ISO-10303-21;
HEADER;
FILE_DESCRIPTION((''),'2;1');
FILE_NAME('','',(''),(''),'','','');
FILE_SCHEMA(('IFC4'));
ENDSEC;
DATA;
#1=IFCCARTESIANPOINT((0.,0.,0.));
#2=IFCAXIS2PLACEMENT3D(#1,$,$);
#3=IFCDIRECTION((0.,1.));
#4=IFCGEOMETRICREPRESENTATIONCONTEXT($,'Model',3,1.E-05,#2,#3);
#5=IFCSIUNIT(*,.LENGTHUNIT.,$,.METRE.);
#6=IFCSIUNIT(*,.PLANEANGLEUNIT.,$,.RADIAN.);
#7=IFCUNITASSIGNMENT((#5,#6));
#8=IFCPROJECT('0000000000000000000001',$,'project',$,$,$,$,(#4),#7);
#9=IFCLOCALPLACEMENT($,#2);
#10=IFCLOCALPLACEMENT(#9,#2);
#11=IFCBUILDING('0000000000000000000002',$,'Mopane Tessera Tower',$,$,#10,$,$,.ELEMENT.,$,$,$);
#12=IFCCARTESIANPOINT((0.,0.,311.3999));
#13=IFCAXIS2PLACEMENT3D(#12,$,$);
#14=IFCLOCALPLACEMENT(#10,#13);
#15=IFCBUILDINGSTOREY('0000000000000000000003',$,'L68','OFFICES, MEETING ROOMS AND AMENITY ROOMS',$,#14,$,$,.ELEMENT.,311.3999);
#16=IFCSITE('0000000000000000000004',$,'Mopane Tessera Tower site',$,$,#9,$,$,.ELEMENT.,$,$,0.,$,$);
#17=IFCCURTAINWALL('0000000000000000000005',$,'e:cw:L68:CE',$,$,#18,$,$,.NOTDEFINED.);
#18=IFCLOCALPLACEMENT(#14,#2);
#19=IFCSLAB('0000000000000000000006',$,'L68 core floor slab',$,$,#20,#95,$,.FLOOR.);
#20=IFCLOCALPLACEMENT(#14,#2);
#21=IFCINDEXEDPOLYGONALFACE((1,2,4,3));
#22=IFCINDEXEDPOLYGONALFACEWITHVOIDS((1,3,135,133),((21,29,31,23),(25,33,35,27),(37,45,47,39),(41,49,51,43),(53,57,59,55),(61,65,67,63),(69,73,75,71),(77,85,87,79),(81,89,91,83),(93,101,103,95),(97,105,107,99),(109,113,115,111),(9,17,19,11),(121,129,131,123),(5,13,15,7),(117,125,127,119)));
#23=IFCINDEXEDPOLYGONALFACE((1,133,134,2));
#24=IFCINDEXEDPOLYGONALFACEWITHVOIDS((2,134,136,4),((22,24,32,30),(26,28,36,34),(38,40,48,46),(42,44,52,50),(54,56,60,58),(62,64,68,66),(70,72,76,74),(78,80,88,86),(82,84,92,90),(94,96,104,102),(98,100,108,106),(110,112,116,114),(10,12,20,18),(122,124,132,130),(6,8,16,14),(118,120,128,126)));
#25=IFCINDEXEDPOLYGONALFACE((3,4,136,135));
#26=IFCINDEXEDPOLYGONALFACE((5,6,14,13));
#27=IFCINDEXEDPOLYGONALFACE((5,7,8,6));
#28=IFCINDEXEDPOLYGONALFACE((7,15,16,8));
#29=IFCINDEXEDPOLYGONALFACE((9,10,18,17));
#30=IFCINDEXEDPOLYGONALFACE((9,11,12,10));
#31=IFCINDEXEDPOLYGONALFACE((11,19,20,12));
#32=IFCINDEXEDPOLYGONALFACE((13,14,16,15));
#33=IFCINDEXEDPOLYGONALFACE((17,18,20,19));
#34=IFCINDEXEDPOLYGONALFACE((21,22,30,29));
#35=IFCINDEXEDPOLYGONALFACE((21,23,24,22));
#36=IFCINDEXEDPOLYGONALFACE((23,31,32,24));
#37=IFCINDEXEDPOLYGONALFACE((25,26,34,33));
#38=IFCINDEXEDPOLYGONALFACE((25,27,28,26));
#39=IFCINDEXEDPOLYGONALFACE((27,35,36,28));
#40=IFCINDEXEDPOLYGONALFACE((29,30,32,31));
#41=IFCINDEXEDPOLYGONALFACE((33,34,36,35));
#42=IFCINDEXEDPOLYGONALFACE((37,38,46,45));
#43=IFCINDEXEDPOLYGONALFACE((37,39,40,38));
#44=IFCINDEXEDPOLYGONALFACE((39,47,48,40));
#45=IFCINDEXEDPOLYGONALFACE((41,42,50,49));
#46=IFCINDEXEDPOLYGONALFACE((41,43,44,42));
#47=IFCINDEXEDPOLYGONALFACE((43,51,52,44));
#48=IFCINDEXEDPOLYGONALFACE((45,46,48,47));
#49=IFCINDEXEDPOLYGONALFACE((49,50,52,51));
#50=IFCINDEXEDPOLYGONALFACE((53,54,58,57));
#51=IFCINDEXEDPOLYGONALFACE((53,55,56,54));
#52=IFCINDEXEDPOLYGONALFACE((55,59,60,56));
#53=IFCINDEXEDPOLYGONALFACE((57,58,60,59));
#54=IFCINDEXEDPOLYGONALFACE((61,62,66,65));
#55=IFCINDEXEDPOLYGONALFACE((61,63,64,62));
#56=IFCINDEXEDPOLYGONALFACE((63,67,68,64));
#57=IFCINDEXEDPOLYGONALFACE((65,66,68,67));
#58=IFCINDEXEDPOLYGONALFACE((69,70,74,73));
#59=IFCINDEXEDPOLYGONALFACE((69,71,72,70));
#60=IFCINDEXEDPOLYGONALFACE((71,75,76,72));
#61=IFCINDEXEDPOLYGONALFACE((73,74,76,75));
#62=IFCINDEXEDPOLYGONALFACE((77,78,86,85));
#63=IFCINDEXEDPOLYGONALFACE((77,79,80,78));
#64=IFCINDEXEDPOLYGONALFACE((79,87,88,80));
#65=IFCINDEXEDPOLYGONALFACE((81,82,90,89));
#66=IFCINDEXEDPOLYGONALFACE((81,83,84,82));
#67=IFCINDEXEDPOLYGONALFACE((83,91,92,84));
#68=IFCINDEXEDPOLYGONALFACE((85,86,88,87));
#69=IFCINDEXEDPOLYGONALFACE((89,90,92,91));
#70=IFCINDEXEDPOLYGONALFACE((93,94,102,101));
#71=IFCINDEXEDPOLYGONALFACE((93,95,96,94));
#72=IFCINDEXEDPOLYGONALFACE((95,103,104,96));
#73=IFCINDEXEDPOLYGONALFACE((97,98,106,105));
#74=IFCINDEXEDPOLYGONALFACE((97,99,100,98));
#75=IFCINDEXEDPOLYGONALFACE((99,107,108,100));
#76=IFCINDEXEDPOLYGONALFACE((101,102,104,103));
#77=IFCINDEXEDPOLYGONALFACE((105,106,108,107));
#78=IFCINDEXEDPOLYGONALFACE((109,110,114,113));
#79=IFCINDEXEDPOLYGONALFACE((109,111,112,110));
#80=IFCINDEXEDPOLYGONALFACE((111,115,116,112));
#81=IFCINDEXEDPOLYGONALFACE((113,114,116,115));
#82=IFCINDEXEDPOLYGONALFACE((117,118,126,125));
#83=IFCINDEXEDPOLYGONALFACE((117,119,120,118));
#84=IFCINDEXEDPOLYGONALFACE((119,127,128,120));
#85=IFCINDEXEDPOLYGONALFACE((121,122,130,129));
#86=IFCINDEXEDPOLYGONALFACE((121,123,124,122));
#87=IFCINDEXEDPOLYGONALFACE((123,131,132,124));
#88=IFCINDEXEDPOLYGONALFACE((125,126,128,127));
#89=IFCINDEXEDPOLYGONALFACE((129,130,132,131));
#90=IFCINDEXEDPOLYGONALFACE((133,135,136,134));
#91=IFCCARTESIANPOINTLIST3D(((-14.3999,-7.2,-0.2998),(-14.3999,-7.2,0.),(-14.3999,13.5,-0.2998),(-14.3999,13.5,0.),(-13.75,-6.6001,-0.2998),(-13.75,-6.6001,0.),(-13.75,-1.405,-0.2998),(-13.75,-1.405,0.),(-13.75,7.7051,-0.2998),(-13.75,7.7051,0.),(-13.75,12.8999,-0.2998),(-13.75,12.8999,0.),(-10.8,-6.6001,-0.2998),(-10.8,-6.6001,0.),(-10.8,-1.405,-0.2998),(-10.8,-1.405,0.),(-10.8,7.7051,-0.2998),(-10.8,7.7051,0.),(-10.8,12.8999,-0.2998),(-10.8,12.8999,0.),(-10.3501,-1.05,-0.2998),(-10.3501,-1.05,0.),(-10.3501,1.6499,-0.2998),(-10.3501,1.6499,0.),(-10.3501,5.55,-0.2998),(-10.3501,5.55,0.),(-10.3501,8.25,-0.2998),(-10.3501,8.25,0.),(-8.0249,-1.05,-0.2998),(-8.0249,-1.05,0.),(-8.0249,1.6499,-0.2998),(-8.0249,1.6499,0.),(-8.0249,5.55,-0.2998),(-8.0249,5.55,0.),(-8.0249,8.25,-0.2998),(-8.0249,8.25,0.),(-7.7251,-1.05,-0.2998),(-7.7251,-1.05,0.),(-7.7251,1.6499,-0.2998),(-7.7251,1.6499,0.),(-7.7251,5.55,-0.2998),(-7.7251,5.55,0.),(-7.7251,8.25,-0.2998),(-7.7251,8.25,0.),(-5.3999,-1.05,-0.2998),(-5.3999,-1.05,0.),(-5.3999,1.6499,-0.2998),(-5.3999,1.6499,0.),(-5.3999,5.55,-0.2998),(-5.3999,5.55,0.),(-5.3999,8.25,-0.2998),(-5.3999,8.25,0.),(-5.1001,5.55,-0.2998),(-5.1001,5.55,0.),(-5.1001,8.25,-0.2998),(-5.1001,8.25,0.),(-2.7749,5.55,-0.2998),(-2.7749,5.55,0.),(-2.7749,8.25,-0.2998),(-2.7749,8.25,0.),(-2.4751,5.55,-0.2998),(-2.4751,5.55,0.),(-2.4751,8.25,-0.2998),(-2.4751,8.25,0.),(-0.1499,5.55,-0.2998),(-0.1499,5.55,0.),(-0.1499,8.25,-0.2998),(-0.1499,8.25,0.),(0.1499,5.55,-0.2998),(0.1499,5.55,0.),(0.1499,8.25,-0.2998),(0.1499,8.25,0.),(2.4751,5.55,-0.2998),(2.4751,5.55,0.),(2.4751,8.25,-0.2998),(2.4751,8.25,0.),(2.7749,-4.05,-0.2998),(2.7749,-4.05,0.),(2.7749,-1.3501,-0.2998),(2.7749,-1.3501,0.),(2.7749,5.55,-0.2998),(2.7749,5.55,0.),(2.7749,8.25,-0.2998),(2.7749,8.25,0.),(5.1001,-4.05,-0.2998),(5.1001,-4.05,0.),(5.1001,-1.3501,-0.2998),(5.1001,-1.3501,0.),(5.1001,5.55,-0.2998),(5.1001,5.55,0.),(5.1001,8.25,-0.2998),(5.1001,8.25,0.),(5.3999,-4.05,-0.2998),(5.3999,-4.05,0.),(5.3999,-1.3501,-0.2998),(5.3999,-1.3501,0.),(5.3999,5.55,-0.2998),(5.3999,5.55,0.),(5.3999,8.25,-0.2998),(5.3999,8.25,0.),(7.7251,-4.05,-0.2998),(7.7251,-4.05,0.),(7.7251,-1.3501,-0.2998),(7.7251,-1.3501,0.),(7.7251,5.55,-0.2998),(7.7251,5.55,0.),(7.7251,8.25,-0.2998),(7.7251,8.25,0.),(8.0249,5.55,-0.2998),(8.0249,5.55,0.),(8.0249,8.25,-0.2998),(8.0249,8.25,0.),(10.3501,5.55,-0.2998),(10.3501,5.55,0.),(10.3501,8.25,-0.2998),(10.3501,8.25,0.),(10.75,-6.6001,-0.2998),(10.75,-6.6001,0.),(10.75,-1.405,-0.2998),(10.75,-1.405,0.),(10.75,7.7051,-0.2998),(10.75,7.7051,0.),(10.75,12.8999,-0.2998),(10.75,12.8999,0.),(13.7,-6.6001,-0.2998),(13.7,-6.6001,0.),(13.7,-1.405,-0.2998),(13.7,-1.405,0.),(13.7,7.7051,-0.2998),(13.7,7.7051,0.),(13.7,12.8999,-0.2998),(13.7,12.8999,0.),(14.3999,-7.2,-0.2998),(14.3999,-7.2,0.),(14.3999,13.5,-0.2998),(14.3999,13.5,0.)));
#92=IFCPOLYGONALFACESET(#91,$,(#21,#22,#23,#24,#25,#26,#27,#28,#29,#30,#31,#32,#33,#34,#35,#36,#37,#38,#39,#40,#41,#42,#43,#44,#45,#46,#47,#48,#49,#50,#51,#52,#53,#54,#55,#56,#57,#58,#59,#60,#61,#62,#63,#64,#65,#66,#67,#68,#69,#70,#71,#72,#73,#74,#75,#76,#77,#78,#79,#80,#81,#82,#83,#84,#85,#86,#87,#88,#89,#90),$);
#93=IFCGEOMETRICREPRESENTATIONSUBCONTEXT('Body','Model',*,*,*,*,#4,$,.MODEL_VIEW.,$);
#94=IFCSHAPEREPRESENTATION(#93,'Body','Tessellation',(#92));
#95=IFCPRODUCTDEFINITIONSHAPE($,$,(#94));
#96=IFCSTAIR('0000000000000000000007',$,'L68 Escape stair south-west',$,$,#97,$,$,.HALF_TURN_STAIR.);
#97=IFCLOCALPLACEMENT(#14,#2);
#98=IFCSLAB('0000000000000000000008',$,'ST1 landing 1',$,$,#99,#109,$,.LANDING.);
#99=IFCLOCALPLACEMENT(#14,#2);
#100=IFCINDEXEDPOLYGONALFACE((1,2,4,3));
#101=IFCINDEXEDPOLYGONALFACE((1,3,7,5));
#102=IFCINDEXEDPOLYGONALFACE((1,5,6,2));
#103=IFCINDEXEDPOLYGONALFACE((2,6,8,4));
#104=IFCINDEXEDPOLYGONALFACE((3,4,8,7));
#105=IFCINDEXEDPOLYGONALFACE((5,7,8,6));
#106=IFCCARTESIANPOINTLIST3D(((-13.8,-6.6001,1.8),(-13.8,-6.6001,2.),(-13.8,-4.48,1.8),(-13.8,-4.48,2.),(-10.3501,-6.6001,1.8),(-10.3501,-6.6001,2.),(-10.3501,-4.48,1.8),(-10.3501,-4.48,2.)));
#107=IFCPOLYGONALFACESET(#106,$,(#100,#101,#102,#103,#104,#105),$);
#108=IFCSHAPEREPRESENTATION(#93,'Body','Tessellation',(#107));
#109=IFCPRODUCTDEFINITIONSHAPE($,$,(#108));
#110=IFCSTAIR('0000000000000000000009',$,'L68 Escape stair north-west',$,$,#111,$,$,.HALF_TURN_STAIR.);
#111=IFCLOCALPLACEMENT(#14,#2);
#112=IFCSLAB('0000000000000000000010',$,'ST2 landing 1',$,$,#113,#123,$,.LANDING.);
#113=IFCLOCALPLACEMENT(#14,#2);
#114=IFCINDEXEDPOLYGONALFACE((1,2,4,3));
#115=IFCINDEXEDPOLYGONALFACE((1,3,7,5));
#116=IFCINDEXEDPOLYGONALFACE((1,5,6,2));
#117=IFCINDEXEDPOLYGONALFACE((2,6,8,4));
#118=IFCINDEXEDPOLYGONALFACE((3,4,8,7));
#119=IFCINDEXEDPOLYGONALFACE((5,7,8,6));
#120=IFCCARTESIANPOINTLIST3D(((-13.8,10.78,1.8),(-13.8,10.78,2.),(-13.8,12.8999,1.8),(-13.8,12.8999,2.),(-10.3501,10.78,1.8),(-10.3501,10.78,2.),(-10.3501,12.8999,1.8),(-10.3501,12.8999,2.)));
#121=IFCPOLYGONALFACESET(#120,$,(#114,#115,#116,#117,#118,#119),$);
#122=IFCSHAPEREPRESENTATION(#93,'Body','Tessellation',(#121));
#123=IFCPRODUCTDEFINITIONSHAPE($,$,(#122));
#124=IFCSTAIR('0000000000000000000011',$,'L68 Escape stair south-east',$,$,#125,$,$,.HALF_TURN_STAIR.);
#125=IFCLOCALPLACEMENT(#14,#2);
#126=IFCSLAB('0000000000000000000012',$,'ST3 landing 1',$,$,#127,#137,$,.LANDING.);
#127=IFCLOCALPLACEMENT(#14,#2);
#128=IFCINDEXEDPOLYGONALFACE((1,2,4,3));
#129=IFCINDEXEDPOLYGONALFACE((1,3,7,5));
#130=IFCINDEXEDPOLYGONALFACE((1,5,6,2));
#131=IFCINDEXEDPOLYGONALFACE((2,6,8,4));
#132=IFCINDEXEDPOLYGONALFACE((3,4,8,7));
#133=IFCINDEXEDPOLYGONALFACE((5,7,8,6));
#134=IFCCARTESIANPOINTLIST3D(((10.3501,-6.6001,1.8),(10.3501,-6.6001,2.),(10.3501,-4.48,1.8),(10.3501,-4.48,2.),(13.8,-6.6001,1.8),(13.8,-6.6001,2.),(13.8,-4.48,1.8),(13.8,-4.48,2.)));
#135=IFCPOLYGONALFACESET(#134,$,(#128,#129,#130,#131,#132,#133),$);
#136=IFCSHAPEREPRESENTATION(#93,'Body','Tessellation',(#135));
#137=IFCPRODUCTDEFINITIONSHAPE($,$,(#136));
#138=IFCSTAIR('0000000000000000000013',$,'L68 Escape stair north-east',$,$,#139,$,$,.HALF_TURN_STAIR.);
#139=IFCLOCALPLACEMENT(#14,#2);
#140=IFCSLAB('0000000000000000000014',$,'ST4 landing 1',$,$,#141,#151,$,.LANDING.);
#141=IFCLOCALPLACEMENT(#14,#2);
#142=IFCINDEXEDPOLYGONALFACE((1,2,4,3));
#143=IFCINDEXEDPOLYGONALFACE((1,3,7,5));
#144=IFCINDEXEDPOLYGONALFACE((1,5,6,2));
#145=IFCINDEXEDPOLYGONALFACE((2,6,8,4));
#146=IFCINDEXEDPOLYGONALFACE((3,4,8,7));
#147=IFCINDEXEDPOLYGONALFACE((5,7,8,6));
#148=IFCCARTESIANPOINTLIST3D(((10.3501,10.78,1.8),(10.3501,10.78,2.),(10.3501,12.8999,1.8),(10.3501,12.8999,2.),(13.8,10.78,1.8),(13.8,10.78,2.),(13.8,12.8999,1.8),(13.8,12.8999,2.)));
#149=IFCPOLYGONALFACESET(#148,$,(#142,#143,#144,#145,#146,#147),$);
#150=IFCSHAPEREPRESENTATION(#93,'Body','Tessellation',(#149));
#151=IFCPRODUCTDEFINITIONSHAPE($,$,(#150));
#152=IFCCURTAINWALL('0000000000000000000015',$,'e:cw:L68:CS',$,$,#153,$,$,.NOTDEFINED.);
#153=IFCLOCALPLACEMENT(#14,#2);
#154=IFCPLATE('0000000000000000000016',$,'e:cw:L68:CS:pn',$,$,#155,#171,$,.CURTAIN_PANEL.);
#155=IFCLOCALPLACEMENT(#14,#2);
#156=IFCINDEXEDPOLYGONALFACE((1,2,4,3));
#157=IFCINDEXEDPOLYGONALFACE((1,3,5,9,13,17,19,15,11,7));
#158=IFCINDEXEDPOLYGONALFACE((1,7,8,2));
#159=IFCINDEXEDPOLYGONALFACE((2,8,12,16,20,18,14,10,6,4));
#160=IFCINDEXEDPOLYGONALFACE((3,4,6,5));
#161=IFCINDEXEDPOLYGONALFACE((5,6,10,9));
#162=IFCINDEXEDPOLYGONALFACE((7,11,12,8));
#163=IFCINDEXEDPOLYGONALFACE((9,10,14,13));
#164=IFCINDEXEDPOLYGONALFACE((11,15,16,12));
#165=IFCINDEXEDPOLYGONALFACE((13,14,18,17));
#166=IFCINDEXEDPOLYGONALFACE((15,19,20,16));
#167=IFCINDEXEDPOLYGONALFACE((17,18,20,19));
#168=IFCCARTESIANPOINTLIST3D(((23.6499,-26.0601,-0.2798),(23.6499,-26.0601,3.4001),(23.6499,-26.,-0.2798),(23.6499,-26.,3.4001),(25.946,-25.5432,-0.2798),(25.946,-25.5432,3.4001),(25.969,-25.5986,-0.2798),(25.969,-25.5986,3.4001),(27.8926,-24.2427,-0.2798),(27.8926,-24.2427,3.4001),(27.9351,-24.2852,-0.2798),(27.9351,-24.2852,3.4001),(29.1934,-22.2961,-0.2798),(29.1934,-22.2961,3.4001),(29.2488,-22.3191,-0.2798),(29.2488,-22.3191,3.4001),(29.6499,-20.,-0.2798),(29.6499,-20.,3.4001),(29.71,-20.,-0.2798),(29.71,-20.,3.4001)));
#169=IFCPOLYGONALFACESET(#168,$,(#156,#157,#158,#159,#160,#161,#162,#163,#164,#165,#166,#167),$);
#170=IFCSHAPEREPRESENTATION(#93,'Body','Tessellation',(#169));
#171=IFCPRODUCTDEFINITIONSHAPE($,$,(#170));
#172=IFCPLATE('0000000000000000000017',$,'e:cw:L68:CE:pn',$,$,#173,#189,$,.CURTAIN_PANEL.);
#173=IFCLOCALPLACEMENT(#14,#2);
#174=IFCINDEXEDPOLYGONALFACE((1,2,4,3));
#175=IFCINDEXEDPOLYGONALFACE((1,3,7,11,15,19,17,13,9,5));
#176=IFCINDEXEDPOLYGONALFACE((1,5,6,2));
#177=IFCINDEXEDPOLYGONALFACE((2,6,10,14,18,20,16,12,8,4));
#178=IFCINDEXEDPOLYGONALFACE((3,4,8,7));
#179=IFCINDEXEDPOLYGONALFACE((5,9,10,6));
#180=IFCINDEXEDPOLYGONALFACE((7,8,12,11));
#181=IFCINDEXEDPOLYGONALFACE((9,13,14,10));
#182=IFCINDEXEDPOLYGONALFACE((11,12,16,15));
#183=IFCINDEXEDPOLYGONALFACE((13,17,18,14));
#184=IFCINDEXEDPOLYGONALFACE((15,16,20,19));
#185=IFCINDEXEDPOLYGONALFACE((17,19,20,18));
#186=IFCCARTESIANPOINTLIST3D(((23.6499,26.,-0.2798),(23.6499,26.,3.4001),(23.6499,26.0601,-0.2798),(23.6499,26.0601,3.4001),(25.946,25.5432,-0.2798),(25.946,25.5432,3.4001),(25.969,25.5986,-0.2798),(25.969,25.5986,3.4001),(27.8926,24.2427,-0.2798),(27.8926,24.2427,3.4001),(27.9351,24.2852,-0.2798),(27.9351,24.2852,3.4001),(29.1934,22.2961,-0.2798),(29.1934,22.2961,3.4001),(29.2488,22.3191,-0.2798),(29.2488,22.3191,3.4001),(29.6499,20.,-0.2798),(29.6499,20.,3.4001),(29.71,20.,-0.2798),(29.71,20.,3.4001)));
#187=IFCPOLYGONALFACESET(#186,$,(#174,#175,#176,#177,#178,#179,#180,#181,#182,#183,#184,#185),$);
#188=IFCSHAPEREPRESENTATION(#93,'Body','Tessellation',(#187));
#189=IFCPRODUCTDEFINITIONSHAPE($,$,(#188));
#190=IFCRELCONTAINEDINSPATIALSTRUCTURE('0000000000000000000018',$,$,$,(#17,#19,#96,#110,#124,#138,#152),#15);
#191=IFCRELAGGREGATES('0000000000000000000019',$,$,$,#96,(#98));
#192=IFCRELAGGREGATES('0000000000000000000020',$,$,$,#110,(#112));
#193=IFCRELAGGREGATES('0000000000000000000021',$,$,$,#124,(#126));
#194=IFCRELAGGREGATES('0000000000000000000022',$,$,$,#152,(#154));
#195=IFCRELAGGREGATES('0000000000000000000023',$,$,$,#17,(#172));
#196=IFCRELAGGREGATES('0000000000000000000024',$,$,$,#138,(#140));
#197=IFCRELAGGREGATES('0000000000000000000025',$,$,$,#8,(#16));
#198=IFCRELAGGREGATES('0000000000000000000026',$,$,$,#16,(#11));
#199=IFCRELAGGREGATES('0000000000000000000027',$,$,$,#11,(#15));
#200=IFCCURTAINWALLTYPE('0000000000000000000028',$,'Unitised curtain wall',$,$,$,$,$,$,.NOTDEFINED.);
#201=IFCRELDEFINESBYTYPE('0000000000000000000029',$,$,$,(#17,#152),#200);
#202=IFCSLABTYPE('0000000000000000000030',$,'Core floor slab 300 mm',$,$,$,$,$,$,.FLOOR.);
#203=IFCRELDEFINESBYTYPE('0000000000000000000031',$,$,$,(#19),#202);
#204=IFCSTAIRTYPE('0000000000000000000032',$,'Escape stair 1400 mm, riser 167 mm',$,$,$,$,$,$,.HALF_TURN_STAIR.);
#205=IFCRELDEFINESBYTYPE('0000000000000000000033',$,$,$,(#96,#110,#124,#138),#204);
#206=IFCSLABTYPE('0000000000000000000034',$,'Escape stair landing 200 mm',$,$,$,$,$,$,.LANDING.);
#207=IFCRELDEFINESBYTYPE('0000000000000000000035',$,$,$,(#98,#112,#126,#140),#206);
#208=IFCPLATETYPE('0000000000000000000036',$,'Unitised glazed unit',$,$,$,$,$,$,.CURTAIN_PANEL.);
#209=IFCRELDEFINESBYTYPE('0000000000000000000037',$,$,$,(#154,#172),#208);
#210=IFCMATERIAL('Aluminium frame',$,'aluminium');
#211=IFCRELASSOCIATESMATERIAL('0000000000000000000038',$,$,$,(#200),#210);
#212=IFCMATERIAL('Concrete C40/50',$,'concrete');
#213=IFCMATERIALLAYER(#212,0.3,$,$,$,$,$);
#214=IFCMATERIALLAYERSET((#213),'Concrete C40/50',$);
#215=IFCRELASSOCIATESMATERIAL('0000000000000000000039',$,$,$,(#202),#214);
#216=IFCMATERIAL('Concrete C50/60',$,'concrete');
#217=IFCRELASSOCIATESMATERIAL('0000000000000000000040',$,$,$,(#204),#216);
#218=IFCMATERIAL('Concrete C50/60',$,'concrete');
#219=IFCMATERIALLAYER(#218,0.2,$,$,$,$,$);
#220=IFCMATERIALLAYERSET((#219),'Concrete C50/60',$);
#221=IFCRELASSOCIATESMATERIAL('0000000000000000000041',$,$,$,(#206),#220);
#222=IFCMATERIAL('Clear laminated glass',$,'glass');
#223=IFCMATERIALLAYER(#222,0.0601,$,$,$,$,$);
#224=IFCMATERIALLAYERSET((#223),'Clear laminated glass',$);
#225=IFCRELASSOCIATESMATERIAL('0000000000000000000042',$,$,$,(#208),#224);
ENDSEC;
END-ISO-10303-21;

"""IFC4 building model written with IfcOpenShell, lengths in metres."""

from ifc_helpers import new_model, si_unit, direction, frame, origin, place, context, subcontext, project, spatial, polyline, outline, extrude, material, layer, layer_set, type_object, element, aggregate, save


model = new_model("IFC4")

# Units and contexts
model_context = context("Model", 3, precision=1e-05, world=origin(), true_north=direction((0.0, 1.0)))
body_context = subcontext(model_context, "Body", "Model", "MODEL_VIEW")
ifc_project = project(units=[si_unit("LENGTHUNIT", "METRE"), si_unit("PLANEANGLEUNIT", "RADIAN")], contexts=[model_context])

# Site, building, storey
site_placement = place(None, origin())
site = spatial("IfcSite", under=ifc_project, at=site_placement, Name="Mopane Tessera Tower site", CompositionType="ELEMENT", RefElevation=0.0)
building_placement = place(site_placement, origin())
building = spatial("IfcBuilding", under=site, at=building_placement, Name="Mopane Tessera Tower", CompositionType="ELEMENT")
storey_placement = place(building_placement, frame((0.0, 0.0, 311.3999)))
storey = spatial("IfcBuildingStorey", under=building, at=storey_placement, Name="L68", Description="OFFICES, MEETING ROOMS AND AMENITY ROOMS", CompositionType="ELEMENT", Elevation=311.3999)

# Shared definitions
ifc_material_1 = material(Name="Aluminium frame", Category="aluminium")
curtain_wall_type = type_object("IfcCurtainWallType", Name="Unitised curtain wall", PredefinedType="NOTDEFINED", material=ifc_material_1)

# Curtain wall
curtain_wall_1_placement = place(storey_placement, origin())
curtain_wall_1 = element("IfcCurtainWall", 1, at=curtain_wall_1_placement, inside=storey, type_object=curtain_wall_type, Name="e:cw:L68:CE", PredefinedType="NOTDEFINED")

# Slab
ifc_material_2 = material(Name="Concrete C40/50", Category="concrete")
ifc_layer_1 = layer(ifc_material_2, 0.3)
ifc_layer_set_1 = layer_set([ifc_layer_1], Name="Concrete C40/50")
slab_type_1 = type_object("IfcSlabType", Name="Core floor slab 300 mm", PredefinedType="FLOOR", material=ifc_layer_set_1)
slab_1_placement = place(storey_placement, frame((0.0, 0.0, -0.2998)))
element("IfcSlab", 2, at=slab_1_placement, inside=storey, type_object=slab_type_1, Name="L68 core floor slab", PredefinedType="FLOOR", context=body_context, shape_type="SweptSolid", body=[
    extrude(outline(polyline([(-14.3999, -7.2), (14.3999, -7.2), (14.3999, 13.5), (-14.3999, 13.5), (-14.3999, -7.2)]), holes=[polyline([(-10.3501, -1.05), (-8.0249, -1.05), (-8.0249, 1.6499), (-10.3501, 1.6499), (-10.3501, -1.05)]), polyline([(-7.7251, -1.05), (-5.3999, -1.05), (-5.3999, 1.6499), (-7.7251, 1.6499), (-7.7251, -1.05)]), polyline([(-10.3501, 5.55), (-8.0249, 5.55), (-8.0249, 8.25), (-10.3501, 8.25), (-10.3501, 5.55)]), polyline([(-7.7251, 5.55), (-5.3999, 5.55), (-5.3999, 8.25), (-7.7251, 8.25), (-7.7251, 5.55)]), polyline([(-5.1001, 5.55), (-2.7749, 5.55), (-2.7749, 8.25), (-5.1001, 8.25), (-5.1001, 5.55)]), polyline([(-2.4751, 5.55), (-0.1499, 5.55), (-0.1499, 8.25), (-2.4751, 8.25), (-2.4751, 5.55)]), polyline([(0.1499, 5.55), (2.4751, 5.55), (2.4751, 8.25), (0.1499, 8.25), (0.1499, 5.55)]), polyline([(2.7749, 5.55), (5.1001, 5.55), (5.1001, 8.25), (2.7749, 8.25), (2.7749, 5.55)]), polyline([(5.3999, 5.55), (7.7251, 5.55), (7.7251, 8.25), (5.3999, 8.25), (5.3999, 5.55)]), polyline([(8.0249, 5.55), (10.3501, 5.55), (10.3501, 8.25), (8.0249, 8.25), (8.0249, 5.55)]), polyline([(2.7749, -4.05), (5.1001, -4.05), (5.1001, -1.3501), (2.7749, -1.3501), (2.7749, -4.05)]), polyline([(5.3999, -4.05), (7.7251, -4.05), (7.7251, -1.3501), (5.3999, -1.3501), (5.3999, -4.05)]), polyline([(-13.75, -1.405), (-13.75, -6.6001), (-10.8, -6.6001), (-10.8, -1.405), (-13.75, -1.405)]), polyline([(-10.8, 7.7051), (-10.8, 12.8999), (-13.75, 12.8999), (-13.75, 7.7051), (-10.8, 7.7051)]), polyline([(10.75, -1.405), (10.75, -6.6001), (13.7, -6.6001), (13.7, -1.405), (10.75, -1.405)]), polyline([(13.7, 7.7051), (13.7, 12.8999), (10.75, 12.8999), (10.75, 7.7051), (13.7, 7.7051)])]), origin(), (0.0, 0.0, 1.0), 0.2998),
])

# Stairs, slabs
ifc_material_3 = material(Name="Concrete C50/60", Category="concrete")
stair_type = type_object("IfcStairType", Name="Escape stair 1400 mm, riser 167 mm", PredefinedType="HALF_TURN_STAIR", material=ifc_material_3)
stair_1_placement = place(storey_placement, origin())
stair_1 = element("IfcStair", 3, at=stair_1_placement, inside=storey, type_object=stair_type, Name="L68 Escape stair south-west", PredefinedType="HALF_TURN_STAIR")
ifc_material_4 = material(Name="Concrete C50/60", Category="concrete")
ifc_layer_2 = layer(ifc_material_4, 0.2)
ifc_layer_set_2 = layer_set([ifc_layer_2], Name="Concrete C50/60")
slab_type_2 = type_object("IfcSlabType", Name="Escape stair landing 200 mm", PredefinedType="LANDING", material=ifc_layer_set_2)
slab_2_placement = place(storey_placement, frame((0.0, 0.0, 1.8)))
slab_2 = element("IfcSlab", 4, at=slab_2_placement, type_object=slab_type_2, Name="ST1 landing 1", PredefinedType="LANDING", context=body_context, shape_type="SweptSolid", body=[
    extrude(outline(polyline([(-13.8, -4.48), (-13.8, -6.6001), (-10.3501, -6.6001), (-10.3501, -4.48), (-13.8, -4.48)])), origin(), (0.0, 0.0, 1.0), 0.2),
])
aggregate(stair_1, [slab_2])
stair_2_placement = place(storey_placement, origin())
stair_2 = element("IfcStair", 5, at=stair_2_placement, inside=storey, type_object=stair_type, Name="L68 Escape stair north-west", PredefinedType="HALF_TURN_STAIR")
slab_3_placement = place(storey_placement, frame((0.0, 0.0, 1.8)))
slab_3 = element("IfcSlab", 6, at=slab_3_placement, type_object=slab_type_2, Name="ST2 landing 1", PredefinedType="LANDING", context=body_context, shape_type="SweptSolid", body=[
    extrude(outline(polyline([(-10.3501, 10.78), (-10.3501, 12.8999), (-13.8, 12.8999), (-13.8, 10.78), (-10.3501, 10.78)])), origin(), (0.0, 0.0, 1.0), 0.2),
])
aggregate(stair_2, [slab_3])
stair_3_placement = place(storey_placement, origin())
stair_3 = element("IfcStair", 7, at=stair_3_placement, inside=storey, type_object=stair_type, Name="L68 Escape stair south-east", PredefinedType="HALF_TURN_STAIR")
slab_4_placement = place(storey_placement, frame((0.0, 0.0, 1.8)))
slab_4 = element("IfcSlab", 8, at=slab_4_placement, type_object=slab_type_2, Name="ST3 landing 1", PredefinedType="LANDING", context=body_context, shape_type="SweptSolid", body=[
    extrude(outline(polyline([(10.3501, -4.48), (10.3501, -6.6001), (13.8, -6.6001), (13.8, -4.48), (10.3501, -4.48)])), origin(), (0.0, 0.0, 1.0), 0.2),
])
aggregate(stair_3, [slab_4])
stair_4_placement = place(storey_placement, origin())
stair_4 = element("IfcStair", 9, at=stair_4_placement, inside=storey, type_object=stair_type, Name="L68 Escape stair north-east", PredefinedType="HALF_TURN_STAIR")
slab_5_placement = place(storey_placement, frame((0.0, 0.0, 1.8)))
slab_5 = element("IfcSlab", 10, at=slab_5_placement, type_object=slab_type_2, Name="ST4 landing 1", PredefinedType="LANDING", context=body_context, shape_type="SweptSolid", body=[
    extrude(outline(polyline([(13.8, 10.78), (13.8, 12.8999), (10.3501, 12.8999), (10.3501, 10.78), (13.8, 10.78)])), origin(), (0.0, 0.0, 1.0), 0.2),
])

# Curtain wall, plate
curtain_wall_2_placement = place(storey_placement, origin())
curtain_wall_2 = element("IfcCurtainWall", 11, at=curtain_wall_2_placement, inside=storey, type_object=curtain_wall_type, Name="e:cw:L68:CS", PredefinedType="NOTDEFINED")
ifc_material_5 = material(Name="Clear laminated glass", Category="glass")
ifc_layer_3 = layer(ifc_material_5, 0.0601)
ifc_layer_set_3 = layer_set([ifc_layer_3], Name="Clear laminated glass")
plate_type = type_object("IfcPlateType", Name="Unitised glazed unit", PredefinedType="CURTAIN_PANEL", material=ifc_layer_set_3)
plate_1_placement = place(storey_placement, frame((0.0, 0.0, -0.2798)))
plate_1 = element("IfcPlate", 12, at=plate_1_placement, type_object=plate_type, Name="e:cw:L68:CS:pn", PredefinedType="CURTAIN_PANEL", context=body_context, shape_type="SweptSolid", body=[
    extrude(outline(polyline([(23.6499, -26.0), (25.946, -25.5432), (27.8926, -24.2427), (29.1934, -22.2961), (29.6499, -20.0), (29.71, -20.0), (29.2488, -22.3191), (27.9351, -24.2852), (25.969, -25.5986), (23.6499, -26.0601), (23.6499, -26.0)])), origin(), (0.0, 0.0, 1.0), 3.6799),
])
aggregate(curtain_wall_2, [plate_1])

# Plate
plate_2_placement = place(storey_placement, frame((0.0, 0.0, -0.2798)))
plate_2 = element("IfcPlate", 13, at=plate_2_placement, type_object=plate_type, Name="e:cw:L68:CE:pn", PredefinedType="CURTAIN_PANEL", context=body_context, shape_type="SweptSolid", body=[
    extrude(outline(polyline([(29.6499, 20.0), (29.1934, 22.2961), (27.8926, 24.2427), (25.946, 25.5432), (23.6499, 26.0), (23.6499, 26.0601), (25.969, 25.5986), (27.9351, 24.2852), (29.2488, 22.3191), (29.71, 20.0), (29.6499, 20.0)])), origin(), (0.0, 0.0, 1.0), 3.6799),
])
aggregate(curtain_wall_1, [plate_2])

aggregate(stair_4, [slab_5])

save(model, "model.ifc")
